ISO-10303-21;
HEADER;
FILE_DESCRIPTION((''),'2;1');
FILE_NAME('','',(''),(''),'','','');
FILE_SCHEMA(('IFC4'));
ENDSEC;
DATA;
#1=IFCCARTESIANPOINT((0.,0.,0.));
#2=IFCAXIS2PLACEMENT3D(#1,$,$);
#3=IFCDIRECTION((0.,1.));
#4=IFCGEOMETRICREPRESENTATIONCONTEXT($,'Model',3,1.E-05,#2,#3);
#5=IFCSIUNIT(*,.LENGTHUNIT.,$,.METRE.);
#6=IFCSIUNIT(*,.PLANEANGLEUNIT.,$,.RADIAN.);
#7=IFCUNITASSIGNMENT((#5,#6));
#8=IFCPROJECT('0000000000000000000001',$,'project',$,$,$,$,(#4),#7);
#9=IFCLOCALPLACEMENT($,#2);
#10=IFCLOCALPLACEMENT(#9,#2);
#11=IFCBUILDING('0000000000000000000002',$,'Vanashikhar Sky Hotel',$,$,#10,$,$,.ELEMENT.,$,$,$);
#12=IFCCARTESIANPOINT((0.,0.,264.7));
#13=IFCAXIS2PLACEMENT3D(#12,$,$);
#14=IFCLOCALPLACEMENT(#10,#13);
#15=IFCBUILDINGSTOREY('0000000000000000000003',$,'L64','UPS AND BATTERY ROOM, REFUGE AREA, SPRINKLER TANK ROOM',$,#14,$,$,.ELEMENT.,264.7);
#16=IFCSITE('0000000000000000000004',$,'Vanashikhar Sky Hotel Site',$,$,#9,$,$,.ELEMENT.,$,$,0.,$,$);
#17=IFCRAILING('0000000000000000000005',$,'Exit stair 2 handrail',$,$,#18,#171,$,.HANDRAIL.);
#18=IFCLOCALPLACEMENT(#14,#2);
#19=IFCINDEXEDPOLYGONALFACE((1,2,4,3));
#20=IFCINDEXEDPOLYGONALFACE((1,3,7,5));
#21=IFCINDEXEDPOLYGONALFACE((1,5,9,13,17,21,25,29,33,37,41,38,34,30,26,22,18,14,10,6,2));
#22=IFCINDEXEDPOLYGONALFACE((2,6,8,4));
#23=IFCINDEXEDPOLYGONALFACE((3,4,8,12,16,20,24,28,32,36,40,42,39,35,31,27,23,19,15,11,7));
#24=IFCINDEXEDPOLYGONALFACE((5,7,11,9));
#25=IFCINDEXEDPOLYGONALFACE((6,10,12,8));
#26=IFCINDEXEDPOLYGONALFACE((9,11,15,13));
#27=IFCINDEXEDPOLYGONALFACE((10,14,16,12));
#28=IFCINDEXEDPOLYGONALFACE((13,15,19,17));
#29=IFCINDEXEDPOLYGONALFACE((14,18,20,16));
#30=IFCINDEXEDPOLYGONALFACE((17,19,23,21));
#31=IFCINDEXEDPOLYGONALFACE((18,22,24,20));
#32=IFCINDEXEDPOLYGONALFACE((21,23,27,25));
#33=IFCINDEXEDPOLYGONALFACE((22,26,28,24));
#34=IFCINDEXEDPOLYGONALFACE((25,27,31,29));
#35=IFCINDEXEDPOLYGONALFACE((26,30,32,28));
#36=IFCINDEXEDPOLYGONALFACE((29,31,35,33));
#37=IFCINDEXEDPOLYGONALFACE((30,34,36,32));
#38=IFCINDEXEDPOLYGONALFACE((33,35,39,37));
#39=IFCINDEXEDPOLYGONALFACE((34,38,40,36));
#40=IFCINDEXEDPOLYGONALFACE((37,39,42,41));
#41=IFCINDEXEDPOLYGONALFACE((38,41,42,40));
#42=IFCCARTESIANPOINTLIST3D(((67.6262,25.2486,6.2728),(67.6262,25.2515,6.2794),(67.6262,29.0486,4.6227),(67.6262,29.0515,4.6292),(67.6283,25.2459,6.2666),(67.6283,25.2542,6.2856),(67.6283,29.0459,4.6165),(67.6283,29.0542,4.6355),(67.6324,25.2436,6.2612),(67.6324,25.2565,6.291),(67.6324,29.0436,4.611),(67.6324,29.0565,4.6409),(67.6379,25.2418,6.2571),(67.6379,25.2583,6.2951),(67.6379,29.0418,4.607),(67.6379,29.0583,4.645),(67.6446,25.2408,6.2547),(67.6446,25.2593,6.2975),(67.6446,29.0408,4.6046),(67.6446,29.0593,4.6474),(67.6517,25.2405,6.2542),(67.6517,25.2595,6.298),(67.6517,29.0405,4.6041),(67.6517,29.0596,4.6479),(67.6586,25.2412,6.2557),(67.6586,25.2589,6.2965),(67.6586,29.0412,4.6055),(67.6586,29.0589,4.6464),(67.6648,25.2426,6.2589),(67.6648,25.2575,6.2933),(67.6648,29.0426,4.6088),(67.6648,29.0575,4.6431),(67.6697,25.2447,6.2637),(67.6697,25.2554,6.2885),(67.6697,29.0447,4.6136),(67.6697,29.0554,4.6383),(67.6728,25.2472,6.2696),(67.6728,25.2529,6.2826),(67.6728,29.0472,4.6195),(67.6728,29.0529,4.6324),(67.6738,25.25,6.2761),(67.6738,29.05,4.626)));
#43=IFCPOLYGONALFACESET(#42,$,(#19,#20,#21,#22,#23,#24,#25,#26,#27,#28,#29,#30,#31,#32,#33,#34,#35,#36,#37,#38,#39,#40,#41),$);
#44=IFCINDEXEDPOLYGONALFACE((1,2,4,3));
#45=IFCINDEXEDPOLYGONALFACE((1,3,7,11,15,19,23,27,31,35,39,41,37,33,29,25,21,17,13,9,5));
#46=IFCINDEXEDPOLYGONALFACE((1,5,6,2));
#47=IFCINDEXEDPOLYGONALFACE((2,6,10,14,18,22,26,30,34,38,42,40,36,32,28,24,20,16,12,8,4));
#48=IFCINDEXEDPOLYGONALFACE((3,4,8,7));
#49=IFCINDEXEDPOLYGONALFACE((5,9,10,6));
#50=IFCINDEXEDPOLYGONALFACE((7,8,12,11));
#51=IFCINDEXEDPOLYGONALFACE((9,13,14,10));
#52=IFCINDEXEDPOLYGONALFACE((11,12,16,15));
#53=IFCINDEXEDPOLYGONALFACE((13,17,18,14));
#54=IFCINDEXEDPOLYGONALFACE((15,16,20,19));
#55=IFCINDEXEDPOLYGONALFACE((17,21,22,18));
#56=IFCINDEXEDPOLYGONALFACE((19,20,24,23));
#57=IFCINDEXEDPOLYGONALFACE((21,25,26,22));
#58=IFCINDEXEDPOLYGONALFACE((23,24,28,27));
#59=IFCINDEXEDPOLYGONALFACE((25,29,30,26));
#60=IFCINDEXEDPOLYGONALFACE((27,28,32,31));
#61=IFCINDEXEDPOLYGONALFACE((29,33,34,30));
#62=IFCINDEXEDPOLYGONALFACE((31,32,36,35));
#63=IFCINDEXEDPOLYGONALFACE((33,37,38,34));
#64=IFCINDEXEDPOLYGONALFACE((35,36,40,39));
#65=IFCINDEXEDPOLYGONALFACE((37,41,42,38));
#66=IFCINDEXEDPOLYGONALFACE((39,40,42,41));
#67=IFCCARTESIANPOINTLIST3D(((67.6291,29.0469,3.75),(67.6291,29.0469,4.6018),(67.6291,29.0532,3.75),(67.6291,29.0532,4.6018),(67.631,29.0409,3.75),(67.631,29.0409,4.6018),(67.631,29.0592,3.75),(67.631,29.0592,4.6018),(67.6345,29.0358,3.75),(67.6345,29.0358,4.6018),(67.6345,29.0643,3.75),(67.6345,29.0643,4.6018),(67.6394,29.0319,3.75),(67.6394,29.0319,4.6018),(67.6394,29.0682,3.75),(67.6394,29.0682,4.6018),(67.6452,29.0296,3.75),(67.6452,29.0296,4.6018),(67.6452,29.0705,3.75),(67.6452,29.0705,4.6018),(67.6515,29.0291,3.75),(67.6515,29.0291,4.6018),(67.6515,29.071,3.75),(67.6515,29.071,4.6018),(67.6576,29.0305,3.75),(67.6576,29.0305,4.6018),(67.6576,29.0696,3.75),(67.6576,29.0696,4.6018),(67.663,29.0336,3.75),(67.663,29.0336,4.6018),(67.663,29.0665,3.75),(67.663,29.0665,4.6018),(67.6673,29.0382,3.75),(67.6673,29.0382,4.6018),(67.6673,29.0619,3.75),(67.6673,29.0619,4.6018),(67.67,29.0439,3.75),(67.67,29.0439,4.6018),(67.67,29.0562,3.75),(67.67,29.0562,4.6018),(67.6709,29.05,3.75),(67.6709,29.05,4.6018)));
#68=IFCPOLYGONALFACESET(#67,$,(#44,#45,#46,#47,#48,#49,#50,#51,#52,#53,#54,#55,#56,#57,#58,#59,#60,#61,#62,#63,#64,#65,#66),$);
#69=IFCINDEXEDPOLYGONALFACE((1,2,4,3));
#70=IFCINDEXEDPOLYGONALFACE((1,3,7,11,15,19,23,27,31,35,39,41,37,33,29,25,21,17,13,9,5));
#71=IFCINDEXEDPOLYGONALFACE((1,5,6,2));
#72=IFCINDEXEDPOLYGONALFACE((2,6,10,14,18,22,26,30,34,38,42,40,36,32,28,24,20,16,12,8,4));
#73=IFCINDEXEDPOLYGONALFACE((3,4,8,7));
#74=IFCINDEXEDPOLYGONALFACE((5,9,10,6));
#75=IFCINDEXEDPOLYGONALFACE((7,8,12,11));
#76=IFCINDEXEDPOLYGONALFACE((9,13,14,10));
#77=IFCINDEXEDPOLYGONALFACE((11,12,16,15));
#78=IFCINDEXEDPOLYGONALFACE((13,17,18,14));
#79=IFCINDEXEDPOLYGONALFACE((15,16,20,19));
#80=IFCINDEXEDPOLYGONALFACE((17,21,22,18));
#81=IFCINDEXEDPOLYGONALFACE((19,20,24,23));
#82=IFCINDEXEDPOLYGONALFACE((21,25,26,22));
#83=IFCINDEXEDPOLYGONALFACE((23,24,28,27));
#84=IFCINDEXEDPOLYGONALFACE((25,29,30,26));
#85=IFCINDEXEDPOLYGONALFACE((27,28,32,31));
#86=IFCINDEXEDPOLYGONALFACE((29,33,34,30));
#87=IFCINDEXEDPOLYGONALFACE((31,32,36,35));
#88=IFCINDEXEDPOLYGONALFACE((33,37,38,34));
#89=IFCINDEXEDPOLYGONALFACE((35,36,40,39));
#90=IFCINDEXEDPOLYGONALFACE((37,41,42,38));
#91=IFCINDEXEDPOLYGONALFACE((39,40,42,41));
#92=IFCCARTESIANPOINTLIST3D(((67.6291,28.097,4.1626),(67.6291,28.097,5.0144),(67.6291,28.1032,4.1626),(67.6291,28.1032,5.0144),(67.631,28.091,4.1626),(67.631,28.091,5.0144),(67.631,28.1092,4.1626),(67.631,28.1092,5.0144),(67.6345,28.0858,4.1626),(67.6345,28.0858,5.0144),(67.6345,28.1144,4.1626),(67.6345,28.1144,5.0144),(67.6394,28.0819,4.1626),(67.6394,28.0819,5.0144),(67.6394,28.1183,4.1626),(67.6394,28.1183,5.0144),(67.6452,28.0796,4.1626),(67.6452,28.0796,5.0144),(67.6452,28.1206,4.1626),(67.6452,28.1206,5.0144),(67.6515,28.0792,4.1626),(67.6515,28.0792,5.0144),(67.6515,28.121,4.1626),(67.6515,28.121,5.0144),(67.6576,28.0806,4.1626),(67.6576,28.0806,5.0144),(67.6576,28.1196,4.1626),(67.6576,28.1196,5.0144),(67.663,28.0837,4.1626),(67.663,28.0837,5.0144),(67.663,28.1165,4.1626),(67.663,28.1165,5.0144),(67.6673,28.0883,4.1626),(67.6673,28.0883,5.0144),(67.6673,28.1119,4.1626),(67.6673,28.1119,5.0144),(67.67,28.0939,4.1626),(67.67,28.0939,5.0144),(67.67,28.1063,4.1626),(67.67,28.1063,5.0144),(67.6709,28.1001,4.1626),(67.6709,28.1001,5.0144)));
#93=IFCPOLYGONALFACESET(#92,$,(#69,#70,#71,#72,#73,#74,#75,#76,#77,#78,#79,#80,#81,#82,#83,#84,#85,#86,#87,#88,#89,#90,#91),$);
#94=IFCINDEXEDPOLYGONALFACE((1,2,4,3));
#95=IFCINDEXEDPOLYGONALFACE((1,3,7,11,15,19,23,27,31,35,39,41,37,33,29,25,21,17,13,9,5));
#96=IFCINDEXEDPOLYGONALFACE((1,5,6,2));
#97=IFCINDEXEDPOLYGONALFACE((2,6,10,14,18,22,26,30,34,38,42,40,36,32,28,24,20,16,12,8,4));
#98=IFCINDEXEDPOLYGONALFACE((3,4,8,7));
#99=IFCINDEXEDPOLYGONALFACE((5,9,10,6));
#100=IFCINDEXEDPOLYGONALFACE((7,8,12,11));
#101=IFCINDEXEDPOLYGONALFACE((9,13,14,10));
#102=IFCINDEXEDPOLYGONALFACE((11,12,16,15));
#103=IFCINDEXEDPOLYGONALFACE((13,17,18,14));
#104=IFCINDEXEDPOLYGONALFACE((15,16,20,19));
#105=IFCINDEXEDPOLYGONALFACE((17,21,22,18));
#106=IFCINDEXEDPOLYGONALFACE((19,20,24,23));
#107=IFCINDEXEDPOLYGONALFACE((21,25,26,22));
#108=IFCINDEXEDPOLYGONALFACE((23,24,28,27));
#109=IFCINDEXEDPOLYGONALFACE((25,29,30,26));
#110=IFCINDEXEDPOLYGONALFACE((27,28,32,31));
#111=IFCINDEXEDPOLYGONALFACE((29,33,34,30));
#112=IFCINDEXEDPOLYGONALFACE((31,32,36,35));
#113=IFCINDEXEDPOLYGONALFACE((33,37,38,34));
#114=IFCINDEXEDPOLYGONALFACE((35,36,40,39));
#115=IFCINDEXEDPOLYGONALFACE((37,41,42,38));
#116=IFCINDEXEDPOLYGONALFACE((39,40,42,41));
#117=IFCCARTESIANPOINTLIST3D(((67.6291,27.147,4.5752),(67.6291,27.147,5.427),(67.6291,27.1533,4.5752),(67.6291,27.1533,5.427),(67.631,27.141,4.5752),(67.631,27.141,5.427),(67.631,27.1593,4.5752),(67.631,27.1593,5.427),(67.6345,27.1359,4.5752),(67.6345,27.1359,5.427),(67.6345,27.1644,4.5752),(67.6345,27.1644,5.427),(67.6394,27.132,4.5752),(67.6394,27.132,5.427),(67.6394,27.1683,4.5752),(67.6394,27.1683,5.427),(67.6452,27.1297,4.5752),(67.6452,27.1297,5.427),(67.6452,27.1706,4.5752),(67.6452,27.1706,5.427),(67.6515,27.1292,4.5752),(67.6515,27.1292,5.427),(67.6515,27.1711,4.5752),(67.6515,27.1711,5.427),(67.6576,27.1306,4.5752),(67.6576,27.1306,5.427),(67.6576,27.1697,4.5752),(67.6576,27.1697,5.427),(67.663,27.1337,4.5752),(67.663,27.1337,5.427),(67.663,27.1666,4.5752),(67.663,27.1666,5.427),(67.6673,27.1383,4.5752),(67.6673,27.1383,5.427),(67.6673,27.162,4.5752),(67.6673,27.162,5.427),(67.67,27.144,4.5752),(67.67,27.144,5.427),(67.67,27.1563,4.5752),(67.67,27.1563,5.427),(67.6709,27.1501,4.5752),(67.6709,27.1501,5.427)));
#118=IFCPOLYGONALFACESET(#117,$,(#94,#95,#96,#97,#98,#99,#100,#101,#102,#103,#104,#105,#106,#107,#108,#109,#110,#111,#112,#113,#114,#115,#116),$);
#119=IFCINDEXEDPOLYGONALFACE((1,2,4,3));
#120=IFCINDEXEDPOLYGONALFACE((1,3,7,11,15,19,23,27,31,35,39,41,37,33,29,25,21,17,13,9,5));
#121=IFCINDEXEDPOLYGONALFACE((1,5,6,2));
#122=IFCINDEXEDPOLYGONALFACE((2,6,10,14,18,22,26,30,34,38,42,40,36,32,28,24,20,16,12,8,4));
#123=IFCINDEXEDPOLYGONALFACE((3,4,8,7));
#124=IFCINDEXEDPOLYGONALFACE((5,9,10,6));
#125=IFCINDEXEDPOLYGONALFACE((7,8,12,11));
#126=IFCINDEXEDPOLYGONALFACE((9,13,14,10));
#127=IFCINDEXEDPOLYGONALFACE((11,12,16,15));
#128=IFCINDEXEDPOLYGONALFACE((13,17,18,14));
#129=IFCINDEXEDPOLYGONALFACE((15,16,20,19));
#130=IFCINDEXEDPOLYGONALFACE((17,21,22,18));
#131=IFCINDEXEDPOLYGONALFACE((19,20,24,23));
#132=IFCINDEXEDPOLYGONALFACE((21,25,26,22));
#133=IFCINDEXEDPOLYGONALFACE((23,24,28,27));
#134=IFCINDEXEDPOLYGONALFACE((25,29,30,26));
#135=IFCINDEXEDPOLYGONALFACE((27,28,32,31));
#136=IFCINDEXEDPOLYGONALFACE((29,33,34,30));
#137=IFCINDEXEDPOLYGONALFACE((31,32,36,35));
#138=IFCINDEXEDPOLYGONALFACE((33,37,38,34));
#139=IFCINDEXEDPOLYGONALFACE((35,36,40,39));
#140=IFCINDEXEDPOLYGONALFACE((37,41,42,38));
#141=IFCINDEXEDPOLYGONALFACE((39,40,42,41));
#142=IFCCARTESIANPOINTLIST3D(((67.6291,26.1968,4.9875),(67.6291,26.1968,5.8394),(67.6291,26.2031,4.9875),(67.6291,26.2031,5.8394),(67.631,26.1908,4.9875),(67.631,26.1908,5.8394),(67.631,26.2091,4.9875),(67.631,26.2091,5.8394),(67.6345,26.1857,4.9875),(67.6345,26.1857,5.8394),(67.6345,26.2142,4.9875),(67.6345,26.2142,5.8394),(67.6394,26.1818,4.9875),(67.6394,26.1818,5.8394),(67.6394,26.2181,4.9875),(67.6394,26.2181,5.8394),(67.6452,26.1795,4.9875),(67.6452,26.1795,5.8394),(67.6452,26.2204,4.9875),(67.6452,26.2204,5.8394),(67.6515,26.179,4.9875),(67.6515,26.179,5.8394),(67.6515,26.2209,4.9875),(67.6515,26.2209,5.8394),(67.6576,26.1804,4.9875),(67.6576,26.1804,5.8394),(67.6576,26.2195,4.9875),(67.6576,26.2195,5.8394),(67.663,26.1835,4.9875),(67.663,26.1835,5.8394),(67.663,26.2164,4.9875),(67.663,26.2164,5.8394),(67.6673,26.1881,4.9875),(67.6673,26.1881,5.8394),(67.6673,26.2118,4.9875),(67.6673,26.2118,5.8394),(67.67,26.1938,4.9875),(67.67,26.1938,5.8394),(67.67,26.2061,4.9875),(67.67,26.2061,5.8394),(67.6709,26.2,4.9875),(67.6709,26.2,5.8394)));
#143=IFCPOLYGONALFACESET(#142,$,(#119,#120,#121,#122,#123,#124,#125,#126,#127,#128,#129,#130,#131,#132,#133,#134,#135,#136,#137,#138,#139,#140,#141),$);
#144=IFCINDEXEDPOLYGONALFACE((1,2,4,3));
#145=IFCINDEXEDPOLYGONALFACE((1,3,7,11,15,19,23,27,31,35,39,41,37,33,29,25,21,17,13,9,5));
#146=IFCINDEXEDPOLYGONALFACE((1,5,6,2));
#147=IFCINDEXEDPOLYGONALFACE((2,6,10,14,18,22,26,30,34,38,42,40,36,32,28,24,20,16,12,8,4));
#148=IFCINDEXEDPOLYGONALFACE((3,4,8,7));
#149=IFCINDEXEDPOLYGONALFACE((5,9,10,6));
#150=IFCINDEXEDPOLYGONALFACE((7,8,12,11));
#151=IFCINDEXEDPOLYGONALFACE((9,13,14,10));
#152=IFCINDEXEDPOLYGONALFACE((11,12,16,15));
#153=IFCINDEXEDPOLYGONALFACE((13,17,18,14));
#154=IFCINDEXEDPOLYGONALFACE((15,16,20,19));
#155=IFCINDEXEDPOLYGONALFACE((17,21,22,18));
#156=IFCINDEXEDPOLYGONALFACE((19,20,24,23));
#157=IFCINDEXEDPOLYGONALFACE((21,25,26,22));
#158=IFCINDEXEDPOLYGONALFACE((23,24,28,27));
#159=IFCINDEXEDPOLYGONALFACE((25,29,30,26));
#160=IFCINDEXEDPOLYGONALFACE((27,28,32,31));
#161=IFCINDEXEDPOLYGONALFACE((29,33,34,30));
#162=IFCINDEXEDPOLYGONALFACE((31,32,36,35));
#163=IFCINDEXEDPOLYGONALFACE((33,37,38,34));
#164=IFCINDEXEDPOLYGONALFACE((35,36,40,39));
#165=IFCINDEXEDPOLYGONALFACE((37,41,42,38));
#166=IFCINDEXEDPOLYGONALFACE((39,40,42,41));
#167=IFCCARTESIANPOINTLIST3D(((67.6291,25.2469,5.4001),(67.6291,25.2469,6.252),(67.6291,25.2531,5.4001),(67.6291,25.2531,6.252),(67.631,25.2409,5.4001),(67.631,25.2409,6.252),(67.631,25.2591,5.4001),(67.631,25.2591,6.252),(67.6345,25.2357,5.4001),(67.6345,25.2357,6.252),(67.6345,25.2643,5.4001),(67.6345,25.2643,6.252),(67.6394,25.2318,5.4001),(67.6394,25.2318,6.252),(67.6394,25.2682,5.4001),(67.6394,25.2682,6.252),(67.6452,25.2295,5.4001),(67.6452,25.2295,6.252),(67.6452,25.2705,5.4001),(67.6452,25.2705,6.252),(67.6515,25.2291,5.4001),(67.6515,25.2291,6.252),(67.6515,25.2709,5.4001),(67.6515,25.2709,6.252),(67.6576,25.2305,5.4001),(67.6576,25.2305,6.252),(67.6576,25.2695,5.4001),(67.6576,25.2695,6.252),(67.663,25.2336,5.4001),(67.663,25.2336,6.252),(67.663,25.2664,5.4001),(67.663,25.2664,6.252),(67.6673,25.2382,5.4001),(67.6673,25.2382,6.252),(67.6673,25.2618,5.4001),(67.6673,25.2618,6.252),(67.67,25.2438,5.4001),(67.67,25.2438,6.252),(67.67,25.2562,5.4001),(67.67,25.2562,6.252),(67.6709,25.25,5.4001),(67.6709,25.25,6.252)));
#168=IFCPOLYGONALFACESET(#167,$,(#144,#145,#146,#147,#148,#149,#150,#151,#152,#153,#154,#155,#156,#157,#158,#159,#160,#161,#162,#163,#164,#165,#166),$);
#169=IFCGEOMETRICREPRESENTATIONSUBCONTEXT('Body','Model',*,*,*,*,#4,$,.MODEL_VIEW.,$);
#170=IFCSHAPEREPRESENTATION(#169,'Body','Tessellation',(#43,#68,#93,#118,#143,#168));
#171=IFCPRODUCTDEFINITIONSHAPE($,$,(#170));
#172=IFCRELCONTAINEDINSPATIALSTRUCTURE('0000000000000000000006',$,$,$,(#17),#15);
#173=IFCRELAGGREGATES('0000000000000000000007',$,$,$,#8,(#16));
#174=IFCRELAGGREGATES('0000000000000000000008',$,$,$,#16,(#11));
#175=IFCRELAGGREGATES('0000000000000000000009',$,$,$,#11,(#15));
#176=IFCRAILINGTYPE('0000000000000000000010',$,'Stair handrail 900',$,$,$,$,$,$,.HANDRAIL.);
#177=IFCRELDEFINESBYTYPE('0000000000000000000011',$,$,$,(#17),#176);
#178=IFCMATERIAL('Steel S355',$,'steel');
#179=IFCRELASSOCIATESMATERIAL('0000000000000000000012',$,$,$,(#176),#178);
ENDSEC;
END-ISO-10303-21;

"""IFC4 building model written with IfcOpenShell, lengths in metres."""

from ifc_helpers import new_model, si_unit, direction, frame, origin, origin_2d, place, context, subcontext, project, spatial, circle, extrude, source, transform, mapped, material, type_object, element, save


model = new_model("IFC4")

# Units and contexts
model_context = context("Model", 3, precision=1e-05, world=origin(), true_north=direction((0.0, 1.0)))
body_context = subcontext(model_context, "Body", "Model", "MODEL_VIEW")
ifc_project = project(units=[si_unit("LENGTHUNIT", "METRE"), si_unit("PLANEANGLEUNIT", "RADIAN")], contexts=[model_context])

# Site, building, storey
site_placement = place(None, origin())
site = spatial("IfcSite", under=ifc_project, at=site_placement, Name="Vanashikhar Sky Hotel Site", CompositionType="ELEMENT", RefElevation=0.0)
building_placement = place(site_placement, origin())
building = spatial("IfcBuilding", under=site, at=building_placement, Name="Vanashikhar Sky Hotel", CompositionType="ELEMENT")
storey_placement = place(building_placement, frame((0.0, 0.0, 264.7)))
storey = spatial("IfcBuildingStorey", under=building, at=storey_placement, Name="L64", Description="UPS AND BATTERY ROOM, REFUGE AREA, SPRINKLER TANK ROOM", CompositionType="ELEMENT", Elevation=264.7)

# Railing
ifc_material_1 = material(Name="Steel S355", Category="steel")
railing_type_1 = type_object("IfcRailingType", Name="Stair handrail 900", PredefinedType="HANDRAIL", material=ifc_material_1)
shared_shape_1 = source(origin(), body_context, "Body", "SweptSolid", [
    extrude(circle(Radius=0.0239, at=origin_2d()), frame((0.0, 0.0, 0.876), z_axis=(0.0, -0.917251, 0.39831), x_axis=(1.0, 0.0, 0.0)), (0.0, 0.0, 1.0), 4.1428),
    extrude(circle(Radius=0.021, at=origin_2d()), origin(), (0.0, 0.0, 1.0), 0.8518),
    extrude(circle(Radius=0.021, at=origin_2d()), frame((0.0, -0.95, 0.4126)), (0.0, 0.0, 1.0), 0.8518),
    extrude(circle(Radius=0.021, at=origin_2d()), frame((0.0, -1.8999, 0.8252)), (0.0, 0.0, 1.0), 0.8518),
    extrude(circle(Radius=0.021, at=origin_2d()), frame((0.0, -2.8501, 1.2375)), (0.0, 0.0, 1.0), 0.8518),
    extrude(circle(Radius=0.021, at=origin_2d()), frame((0.0, -3.8, 1.6501)), (0.0, 0.0, 1.0), 0.8518),
])
for number, where, name in (
    (1, (67.6499, 29.05, 3.75), "Exit stair 2 handrail"),
):
    element("IfcRailing", number, at=place(storey_placement, frame(where)), inside=storey, type_object=railing_type_1, Name=name, PredefinedType="HANDRAIL", context=body_context, shape_type="MappedRepresentation", body=[
        mapped(shared_shape_1, transform((0.0, 0.0, 0.0), scale=1.0)),
    ])

save(model, "model.ifc")
